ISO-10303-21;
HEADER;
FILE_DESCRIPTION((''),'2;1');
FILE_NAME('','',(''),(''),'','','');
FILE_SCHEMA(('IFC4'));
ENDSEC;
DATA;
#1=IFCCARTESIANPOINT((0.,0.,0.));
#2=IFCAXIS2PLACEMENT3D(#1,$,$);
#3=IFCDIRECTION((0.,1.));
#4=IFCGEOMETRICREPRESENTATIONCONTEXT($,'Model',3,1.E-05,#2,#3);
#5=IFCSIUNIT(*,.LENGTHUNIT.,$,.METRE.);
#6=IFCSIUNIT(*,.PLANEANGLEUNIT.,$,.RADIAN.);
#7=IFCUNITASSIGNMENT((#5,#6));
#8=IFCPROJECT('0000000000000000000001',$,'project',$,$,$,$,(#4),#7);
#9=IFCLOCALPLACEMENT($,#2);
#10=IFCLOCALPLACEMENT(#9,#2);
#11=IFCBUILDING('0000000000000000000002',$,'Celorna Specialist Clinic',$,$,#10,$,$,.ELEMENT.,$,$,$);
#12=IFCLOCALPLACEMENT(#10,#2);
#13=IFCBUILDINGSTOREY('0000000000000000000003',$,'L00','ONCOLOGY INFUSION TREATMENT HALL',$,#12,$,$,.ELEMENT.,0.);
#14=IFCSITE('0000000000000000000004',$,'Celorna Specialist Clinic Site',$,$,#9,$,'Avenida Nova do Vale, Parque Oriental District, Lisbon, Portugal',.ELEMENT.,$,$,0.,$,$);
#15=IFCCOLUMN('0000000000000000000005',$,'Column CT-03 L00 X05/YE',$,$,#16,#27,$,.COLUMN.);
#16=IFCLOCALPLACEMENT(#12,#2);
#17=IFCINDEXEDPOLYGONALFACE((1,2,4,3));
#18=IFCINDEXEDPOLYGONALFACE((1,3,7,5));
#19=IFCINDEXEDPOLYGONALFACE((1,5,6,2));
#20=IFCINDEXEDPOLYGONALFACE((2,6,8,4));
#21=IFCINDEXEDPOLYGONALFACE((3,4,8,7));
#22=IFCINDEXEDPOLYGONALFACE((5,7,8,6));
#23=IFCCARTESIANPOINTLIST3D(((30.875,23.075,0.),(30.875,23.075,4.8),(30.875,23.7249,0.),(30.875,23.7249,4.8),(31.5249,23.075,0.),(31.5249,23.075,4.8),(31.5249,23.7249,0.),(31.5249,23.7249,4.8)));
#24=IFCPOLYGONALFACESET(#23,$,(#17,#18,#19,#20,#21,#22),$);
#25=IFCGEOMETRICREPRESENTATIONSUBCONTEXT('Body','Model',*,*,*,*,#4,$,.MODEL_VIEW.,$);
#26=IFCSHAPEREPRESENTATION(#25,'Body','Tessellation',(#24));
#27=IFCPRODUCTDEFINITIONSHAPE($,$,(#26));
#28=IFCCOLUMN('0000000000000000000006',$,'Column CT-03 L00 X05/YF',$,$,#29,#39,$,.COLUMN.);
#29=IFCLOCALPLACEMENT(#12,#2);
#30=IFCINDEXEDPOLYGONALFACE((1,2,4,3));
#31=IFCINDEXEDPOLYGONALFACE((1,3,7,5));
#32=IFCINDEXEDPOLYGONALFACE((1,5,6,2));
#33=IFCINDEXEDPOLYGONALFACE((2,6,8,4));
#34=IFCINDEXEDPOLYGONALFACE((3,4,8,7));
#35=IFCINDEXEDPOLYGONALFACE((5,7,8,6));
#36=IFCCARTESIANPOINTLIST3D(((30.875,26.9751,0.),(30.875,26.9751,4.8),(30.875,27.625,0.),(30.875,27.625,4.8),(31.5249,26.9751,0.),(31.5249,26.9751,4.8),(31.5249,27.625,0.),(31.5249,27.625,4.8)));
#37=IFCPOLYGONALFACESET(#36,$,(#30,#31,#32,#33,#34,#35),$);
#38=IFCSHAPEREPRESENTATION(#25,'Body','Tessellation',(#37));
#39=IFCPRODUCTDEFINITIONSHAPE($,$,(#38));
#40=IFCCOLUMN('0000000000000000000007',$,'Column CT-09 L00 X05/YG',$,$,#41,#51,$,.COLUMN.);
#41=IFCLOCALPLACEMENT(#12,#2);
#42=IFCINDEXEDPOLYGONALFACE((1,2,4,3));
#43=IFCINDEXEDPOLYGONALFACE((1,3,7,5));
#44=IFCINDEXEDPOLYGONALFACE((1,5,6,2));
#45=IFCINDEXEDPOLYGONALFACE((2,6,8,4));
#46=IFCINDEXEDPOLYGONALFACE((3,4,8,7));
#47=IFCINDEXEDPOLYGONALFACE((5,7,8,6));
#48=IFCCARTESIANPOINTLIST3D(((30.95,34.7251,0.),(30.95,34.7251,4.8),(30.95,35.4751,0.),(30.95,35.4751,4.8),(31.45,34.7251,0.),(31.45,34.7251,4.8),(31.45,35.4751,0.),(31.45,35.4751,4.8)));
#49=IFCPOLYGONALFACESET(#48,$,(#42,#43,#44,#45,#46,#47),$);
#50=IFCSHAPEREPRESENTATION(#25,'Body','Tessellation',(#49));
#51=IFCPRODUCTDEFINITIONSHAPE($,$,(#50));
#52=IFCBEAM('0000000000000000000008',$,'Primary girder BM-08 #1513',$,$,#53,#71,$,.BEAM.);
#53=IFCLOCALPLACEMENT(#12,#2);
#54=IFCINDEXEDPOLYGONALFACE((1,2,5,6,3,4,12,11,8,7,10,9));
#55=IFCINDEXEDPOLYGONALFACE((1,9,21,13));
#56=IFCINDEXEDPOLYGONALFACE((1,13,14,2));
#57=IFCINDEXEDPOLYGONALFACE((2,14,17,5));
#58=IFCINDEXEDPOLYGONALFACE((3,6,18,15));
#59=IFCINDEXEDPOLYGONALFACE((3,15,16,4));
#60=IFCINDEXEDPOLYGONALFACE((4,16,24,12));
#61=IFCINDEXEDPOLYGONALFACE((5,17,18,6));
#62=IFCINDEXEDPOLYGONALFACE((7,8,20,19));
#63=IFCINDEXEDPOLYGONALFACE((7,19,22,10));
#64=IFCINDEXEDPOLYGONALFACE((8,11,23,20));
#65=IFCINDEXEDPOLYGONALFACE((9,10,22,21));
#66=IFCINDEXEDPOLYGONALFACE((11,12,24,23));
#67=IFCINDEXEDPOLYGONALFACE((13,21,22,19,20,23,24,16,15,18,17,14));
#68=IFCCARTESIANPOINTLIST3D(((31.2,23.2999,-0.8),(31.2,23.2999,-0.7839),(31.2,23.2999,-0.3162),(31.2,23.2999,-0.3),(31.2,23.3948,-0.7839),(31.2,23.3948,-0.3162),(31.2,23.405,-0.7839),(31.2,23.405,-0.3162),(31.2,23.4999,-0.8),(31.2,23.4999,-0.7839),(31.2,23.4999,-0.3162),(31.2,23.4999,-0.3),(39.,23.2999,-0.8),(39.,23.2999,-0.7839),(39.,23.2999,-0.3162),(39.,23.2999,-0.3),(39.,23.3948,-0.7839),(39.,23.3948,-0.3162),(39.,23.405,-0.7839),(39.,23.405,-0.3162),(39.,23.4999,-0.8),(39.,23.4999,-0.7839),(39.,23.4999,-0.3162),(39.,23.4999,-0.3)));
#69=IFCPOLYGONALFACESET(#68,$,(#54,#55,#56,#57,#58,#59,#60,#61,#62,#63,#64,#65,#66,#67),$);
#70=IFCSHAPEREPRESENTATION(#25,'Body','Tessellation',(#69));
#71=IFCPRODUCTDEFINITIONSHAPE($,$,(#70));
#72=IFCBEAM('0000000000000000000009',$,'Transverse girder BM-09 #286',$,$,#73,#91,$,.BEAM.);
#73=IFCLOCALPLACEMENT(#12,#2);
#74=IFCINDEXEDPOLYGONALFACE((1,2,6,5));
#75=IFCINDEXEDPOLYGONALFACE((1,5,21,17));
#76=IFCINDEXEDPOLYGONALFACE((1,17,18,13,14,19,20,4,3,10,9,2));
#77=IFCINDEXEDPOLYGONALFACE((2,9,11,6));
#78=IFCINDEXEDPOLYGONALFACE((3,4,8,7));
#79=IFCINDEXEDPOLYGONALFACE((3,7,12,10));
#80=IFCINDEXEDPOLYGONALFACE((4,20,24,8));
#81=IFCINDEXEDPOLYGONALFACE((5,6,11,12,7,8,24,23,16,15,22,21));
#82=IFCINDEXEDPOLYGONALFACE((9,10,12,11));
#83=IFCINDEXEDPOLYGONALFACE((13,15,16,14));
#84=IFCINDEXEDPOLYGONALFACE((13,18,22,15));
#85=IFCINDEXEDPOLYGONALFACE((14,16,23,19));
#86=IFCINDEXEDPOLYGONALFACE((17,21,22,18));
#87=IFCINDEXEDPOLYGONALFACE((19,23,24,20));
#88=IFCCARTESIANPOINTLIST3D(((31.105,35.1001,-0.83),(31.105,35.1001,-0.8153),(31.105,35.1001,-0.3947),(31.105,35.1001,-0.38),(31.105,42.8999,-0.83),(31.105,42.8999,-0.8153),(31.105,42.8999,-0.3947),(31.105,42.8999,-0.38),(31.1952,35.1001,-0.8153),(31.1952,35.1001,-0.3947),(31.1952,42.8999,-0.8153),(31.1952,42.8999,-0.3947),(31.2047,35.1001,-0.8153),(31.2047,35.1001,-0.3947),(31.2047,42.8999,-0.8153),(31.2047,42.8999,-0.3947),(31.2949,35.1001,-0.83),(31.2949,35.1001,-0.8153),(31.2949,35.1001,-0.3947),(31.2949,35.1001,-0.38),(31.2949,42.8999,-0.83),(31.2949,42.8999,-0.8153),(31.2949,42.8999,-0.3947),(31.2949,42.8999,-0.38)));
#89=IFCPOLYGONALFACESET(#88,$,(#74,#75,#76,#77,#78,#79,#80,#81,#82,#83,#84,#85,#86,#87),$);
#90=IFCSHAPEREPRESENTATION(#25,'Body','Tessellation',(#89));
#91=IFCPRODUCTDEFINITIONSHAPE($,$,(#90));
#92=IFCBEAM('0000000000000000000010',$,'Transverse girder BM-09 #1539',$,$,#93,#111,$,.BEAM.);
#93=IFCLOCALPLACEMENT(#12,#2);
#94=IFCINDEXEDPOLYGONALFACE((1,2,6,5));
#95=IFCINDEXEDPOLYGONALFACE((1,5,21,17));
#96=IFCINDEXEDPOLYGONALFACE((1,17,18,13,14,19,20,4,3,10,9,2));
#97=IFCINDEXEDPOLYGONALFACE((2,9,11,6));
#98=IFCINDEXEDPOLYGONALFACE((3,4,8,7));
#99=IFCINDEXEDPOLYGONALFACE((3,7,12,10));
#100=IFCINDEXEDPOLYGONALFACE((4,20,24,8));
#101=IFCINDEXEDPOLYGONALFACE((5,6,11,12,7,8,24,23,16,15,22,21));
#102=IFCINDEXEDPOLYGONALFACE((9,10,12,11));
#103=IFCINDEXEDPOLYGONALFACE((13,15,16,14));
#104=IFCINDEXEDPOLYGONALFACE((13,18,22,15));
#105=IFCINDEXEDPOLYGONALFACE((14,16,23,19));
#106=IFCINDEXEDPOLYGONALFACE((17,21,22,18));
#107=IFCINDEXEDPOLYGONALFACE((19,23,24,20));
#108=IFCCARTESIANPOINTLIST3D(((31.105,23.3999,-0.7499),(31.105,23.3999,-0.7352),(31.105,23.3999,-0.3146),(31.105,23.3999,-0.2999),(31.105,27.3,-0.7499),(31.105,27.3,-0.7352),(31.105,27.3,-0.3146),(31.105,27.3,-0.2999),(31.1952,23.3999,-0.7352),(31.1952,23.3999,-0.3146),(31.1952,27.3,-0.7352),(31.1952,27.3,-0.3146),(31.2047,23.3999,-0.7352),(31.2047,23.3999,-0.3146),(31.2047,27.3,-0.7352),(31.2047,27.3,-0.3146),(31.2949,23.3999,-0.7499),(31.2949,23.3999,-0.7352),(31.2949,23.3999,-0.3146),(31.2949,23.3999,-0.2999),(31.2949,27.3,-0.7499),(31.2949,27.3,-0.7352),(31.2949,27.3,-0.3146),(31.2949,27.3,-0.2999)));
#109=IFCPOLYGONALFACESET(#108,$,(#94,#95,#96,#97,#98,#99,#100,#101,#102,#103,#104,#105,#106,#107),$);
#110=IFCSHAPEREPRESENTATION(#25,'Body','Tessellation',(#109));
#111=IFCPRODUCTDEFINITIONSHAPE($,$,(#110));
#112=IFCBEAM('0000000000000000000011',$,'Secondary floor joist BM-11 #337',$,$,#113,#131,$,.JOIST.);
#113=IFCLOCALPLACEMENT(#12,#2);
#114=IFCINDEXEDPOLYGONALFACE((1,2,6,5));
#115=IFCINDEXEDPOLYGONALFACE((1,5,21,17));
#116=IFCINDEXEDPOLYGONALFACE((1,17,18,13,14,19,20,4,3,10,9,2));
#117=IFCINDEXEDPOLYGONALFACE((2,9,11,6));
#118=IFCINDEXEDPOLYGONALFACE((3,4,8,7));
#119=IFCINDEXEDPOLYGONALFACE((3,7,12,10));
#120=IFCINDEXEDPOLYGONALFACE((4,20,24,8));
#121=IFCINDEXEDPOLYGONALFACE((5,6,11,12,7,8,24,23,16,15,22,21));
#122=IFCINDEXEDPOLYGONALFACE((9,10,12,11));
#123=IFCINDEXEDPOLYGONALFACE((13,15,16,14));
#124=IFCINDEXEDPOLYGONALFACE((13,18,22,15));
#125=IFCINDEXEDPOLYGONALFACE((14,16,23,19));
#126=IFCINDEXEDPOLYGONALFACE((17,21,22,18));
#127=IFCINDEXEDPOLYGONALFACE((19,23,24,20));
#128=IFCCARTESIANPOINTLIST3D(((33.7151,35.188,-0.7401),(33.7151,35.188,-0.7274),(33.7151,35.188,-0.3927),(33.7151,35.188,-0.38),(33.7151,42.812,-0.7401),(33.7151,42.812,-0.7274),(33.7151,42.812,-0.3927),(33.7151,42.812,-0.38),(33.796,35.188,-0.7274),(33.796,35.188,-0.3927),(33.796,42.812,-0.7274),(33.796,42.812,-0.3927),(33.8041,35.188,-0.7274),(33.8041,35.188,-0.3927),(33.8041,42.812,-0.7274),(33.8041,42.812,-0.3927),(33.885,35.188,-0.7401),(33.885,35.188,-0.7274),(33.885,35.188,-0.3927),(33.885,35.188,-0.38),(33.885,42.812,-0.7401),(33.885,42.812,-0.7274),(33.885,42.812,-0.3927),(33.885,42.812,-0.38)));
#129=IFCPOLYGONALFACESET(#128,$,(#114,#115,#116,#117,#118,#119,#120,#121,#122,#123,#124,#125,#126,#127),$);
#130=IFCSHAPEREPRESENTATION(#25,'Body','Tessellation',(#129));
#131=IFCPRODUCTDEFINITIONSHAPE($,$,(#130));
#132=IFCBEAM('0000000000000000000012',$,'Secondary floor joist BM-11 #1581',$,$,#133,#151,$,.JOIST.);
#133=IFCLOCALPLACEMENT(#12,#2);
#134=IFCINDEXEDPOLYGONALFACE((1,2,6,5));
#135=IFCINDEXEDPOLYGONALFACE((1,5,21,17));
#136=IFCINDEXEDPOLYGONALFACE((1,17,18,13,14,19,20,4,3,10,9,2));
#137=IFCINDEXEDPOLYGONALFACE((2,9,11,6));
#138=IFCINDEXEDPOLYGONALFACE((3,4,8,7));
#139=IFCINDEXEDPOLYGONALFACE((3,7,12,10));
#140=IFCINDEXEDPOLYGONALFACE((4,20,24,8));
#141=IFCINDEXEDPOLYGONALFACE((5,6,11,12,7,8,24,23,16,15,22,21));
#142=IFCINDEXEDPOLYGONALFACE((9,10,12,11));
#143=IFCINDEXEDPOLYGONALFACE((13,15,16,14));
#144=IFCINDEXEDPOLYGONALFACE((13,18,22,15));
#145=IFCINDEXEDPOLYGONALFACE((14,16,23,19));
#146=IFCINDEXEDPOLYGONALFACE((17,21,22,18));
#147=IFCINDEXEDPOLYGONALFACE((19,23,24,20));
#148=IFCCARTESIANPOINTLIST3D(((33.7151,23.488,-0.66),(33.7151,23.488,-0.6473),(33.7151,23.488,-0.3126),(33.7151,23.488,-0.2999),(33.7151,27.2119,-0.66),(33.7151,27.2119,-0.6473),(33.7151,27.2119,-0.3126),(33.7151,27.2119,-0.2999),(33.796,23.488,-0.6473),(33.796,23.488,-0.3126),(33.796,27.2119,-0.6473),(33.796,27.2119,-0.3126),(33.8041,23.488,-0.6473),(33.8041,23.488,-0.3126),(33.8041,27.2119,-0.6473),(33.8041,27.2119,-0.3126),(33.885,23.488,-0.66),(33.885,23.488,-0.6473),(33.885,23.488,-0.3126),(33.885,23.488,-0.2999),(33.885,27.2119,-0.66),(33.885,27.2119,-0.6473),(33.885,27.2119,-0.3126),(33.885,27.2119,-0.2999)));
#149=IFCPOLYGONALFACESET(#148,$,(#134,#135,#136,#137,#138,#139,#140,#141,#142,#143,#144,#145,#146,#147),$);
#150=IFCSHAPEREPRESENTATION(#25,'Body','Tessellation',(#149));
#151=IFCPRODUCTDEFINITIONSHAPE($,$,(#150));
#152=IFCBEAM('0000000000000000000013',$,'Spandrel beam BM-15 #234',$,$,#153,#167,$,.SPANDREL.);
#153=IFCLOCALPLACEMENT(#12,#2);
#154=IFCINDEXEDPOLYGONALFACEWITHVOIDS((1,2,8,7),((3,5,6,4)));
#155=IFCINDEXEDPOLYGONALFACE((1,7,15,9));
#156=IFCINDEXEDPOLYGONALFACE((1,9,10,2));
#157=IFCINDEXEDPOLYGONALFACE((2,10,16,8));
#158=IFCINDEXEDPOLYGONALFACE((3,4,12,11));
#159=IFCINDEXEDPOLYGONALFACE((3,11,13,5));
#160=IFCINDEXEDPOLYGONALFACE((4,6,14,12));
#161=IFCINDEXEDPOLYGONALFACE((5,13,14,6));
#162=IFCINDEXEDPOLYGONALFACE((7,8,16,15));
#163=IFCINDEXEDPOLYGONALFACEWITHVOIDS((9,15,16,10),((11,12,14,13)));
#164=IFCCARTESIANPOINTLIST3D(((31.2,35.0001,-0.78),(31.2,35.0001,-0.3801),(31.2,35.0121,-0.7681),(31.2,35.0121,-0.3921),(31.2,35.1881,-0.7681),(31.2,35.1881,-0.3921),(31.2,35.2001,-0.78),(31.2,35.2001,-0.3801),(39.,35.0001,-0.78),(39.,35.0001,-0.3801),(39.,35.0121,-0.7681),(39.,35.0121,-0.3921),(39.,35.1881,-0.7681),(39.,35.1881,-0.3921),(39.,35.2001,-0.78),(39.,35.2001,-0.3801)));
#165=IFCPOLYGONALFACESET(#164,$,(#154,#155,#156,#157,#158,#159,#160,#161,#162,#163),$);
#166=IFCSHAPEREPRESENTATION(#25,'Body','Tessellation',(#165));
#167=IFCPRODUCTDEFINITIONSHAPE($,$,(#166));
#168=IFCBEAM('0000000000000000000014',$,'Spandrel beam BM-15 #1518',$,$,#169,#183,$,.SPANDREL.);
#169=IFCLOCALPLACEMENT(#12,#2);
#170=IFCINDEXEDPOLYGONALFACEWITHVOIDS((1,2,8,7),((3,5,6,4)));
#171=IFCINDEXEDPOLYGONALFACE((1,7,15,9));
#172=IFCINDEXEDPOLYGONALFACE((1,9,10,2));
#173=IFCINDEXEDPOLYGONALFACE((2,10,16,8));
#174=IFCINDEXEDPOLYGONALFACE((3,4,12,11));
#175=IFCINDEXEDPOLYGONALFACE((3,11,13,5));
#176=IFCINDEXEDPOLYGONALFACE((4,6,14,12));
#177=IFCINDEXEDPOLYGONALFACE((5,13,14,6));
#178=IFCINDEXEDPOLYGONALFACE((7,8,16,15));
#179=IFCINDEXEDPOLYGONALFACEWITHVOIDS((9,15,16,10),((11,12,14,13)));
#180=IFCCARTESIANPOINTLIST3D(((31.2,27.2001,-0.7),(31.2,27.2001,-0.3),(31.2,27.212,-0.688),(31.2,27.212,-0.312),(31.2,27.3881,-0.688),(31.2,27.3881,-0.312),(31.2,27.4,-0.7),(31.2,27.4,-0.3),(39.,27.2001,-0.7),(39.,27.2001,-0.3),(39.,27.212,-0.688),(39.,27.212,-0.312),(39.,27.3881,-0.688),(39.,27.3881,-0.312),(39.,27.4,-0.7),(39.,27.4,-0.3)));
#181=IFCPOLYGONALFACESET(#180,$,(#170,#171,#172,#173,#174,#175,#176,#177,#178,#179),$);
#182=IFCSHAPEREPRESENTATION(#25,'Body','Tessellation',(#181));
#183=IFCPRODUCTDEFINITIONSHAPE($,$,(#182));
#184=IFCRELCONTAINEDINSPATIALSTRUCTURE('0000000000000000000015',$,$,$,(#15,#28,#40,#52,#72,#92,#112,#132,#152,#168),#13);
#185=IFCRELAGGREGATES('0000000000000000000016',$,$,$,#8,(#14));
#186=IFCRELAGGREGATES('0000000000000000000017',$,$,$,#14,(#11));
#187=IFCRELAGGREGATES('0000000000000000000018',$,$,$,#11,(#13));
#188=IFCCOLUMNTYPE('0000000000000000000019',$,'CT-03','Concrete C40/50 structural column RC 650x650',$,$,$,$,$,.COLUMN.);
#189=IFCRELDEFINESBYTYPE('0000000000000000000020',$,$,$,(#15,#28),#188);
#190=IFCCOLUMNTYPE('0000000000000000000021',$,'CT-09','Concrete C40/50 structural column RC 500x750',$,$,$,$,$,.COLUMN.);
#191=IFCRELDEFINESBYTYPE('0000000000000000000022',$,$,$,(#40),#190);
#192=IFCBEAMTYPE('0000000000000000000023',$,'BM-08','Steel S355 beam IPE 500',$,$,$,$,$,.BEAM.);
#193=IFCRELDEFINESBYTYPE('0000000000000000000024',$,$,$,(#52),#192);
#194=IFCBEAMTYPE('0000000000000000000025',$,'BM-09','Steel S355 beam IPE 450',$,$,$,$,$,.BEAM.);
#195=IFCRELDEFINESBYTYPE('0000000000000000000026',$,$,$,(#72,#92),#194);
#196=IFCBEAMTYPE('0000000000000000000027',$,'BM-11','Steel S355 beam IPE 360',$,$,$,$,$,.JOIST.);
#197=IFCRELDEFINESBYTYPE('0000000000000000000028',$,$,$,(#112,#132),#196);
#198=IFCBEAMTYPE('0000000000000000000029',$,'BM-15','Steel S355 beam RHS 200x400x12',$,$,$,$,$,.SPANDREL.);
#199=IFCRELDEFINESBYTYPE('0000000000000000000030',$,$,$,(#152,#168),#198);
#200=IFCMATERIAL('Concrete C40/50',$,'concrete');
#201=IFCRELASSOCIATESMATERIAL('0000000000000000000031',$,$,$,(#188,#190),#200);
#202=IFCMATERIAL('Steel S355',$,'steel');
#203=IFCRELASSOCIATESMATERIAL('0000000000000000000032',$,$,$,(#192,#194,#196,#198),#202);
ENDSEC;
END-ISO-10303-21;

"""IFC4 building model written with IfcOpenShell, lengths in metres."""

from ifc_helpers import new_model, si_unit, direction, frame, origin, origin_2d, place, context, subcontext, project, spatial, rectangle, hollow_rectangle, i_section, extrude, material, material_profile, profile_set, type_object, element, save


model = new_model("IFC4")

# Units and contexts
model_context = context("Model", 3, precision=1e-05, world=origin(), true_north=direction((0.0, 1.0)))
body_context = subcontext(model_context, "Body", "Model", "MODEL_VIEW")
ifc_project = project(units=[si_unit("LENGTHUNIT", "METRE"), si_unit("PLANEANGLEUNIT", "RADIAN")], contexts=[model_context])

# Site, building, storey
site_placement = place(None, origin())
site = spatial("IfcSite", under=ifc_project, at=site_placement, Name="Celorna Specialist Clinic Site", LongName="Avenida Nova do Vale, Parque Oriental District, Lisbon, Portugal", CompositionType="ELEMENT", RefElevation=0.0)
building_placement = place(site_placement, origin())
building = spatial("IfcBuilding", under=site, at=building_placement, Name="Celorna Specialist Clinic", CompositionType="ELEMENT")
storey_placement = place(building_placement, origin())
storey = spatial("IfcBuildingStorey", under=building, at=storey_placement, Name="L00", Description="ONCOLOGY INFUSION TREATMENT HALL", CompositionType="ELEMENT", Elevation=0.0)

# Columns
ifc_material_1 = material(Name="Concrete C40/50", Category="concrete")
ifc_material_profile_1 = material_profile(ifc_material_1, rectangle(XDim=0.6499, YDim=0.6499, at=origin_2d()), Name="RC 650x650")
ifc_profile_set_1 = profile_set([ifc_material_profile_1], Name="Concrete C40/50")
column_type_1 = type_object("IfcColumnType", Name="CT-03", Description="Concrete C40/50 structural column RC 650x650", PredefinedType="COLUMN", material=ifc_profile_set_1)
for number, where, z_axis, x_axis, name in (
    (1, (31.2, 23.3999, 0.0), (0.0, 0.0, 1.0), (1.0, 0.0, 0.0), "Column CT-03 L00 X05/YE"),
    (2, (31.2, 27.3, 0.0), (0.0, 0.0, 1.0), (1.0, 0.0, 0.0), "Column CT-03 L00 X05/YF"),
):
    element("IfcColumn", number, at=place(storey_placement, frame(where, z_axis=z_axis, x_axis=x_axis)), inside=storey, type_object=column_type_1, Name=name, PredefinedType="COLUMN", context=body_context, shape_type="SweptSolid", body=[
        extrude(rectangle(XDim=0.6499, YDim=0.6499, at=origin_2d()), origin(), (0.0, 0.0, 1.0), 4.8),
    ])
ifc_material_profile_2 = material_profile(ifc_material_1, rectangle(XDim=0.5, YDim=0.75, at=origin_2d()), Name="RC 500x750")
ifc_profile_set_2 = profile_set([ifc_material_profile_2], Name="Concrete C40/50")
column_type_2 = type_object("IfcColumnType", Name="CT-09", Description="Concrete C40/50 structural column RC 500x750", PredefinedType="COLUMN", material=ifc_profile_set_2)
column_placement = place(storey_placement, frame((31.2, 35.1001, 0.0), z_axis=(0.0, 0.0, 1.0), x_axis=(1.0, 0.0, 0.0)))
element("IfcColumn", 3, at=column_placement, inside=storey, type_object=column_type_2, Name="Column CT-09 L00 X05/YG", PredefinedType="COLUMN", context=body_context, shape_type="SweptSolid", body=[
    extrude(rectangle(XDim=0.5, YDim=0.75, at=origin_2d()), origin(), (0.0, 0.0, 1.0), 4.8),
])

# Beams
ifc_material_2 = material(Name="Steel S355", Category="steel")
ifc_material_profile_3 = material_profile(ifc_material_2, i_section(OverallWidth=0.2, OverallDepth=0.5, WebThickness=0.0103, FlangeThickness=0.0161, at=origin_2d()), Name="IPE 500")
ifc_profile_set_3 = profile_set([ifc_material_profile_3], Name="Steel S355")
beam_type_1 = type_object("IfcBeamType", Name="BM-08", Description="Steel S355 beam IPE 500", PredefinedType="BEAM", material=ifc_profile_set_3)
beam_1_placement = place(storey_placement, frame((31.2, 23.3999, -0.55), z_axis=(1.0, 0.0, 0.0), x_axis=(0.0, 1.0, 0.0)))
element("IfcBeam", 4, at=beam_1_placement, inside=storey, type_object=beam_type_1, Name="Primary girder BM-08 #1513", PredefinedType="BEAM", context=body_context, shape_type="SweptSolid", body=[
    extrude(i_section(OverallWidth=0.2, OverallDepth=0.5, WebThickness=0.0103, FlangeThickness=0.0161, at=origin_2d()), origin(), (0.0, 0.0, 1.0), 7.8),
])
ifc_material_profile_4 = material_profile(ifc_material_2, i_section(OverallWidth=0.1899, OverallDepth=0.45, WebThickness=0.0095, FlangeThickness=0.0146, at=origin_2d()), Name="IPE 450")
ifc_profile_set_4 = profile_set([ifc_material_profile_4], Name="Steel S355")
beam_type_2 = type_object("IfcBeamType", Name="BM-09", Description="Steel S355 beam IPE 450", PredefinedType="BEAM", material=ifc_profile_set_4)
beam_2_placement = place(storey_placement, frame((31.2, 35.1001, -0.605), z_axis=(0.0, 1.0, 0.0), x_axis=(-1.0, 0.0, 0.0)))
element("IfcBeam", 5, at=beam_2_placement, inside=storey, type_object=beam_type_2, Name="Transverse girder BM-09 #286", PredefinedType="BEAM", context=body_context, shape_type="SweptSolid", body=[
    extrude(i_section(OverallWidth=0.1899, OverallDepth=0.45, WebThickness=0.0095, FlangeThickness=0.0146, at=origin_2d()), origin(), (0.0, 0.0, 1.0), 7.7998),
])
beam_3_placement = place(storey_placement, frame((31.2, 23.3999, -0.5249), z_axis=(0.0, 1.0, 0.0), x_axis=(-1.0, 0.0, 0.0)))
element("IfcBeam", 6, at=beam_3_placement, inside=storey, type_object=beam_type_2, Name="Transverse girder BM-09 #1539", PredefinedType="BEAM", context=body_context, shape_type="SweptSolid", body=[
    extrude(i_section(OverallWidth=0.1899, OverallDepth=0.45, WebThickness=0.0095, FlangeThickness=0.0146, at=origin_2d()), origin(), (0.0, 0.0, 1.0), 3.9001),
])
ifc_material_profile_5 = material_profile(ifc_material_2, i_section(OverallWidth=0.1699, OverallDepth=0.3601, WebThickness=0.0081, FlangeThickness=0.0127, at=origin_2d()), Name="IPE 360")
ifc_profile_set_5 = profile_set([ifc_material_profile_5], Name="Steel S355")
beam_type_3 = type_object("IfcBeamType", Name="BM-11", Description="Steel S355 beam IPE 360", PredefinedType="JOIST", material=ifc_profile_set_5)
beam_4_placement = place(storey_placement, frame((33.8, 35.188, -0.5601), z_axis=(0.0, 1.0, 0.0), x_axis=(-1.0, 0.0, 0.0)))
element("IfcBeam", 7, at=beam_4_placement, inside=storey, type_object=beam_type_3, Name="Secondary floor joist BM-11 #337", PredefinedType="JOIST", context=body_context, shape_type="SweptSolid", body=[
    extrude(i_section(OverallWidth=0.1699, OverallDepth=0.3601, WebThickness=0.0081, FlangeThickness=0.0127, at=origin_2d()), origin(), (0.0, 0.0, 1.0), 7.624),
])
beam_5_placement = place(storey_placement, frame((33.8, 23.488, -0.48), z_axis=(0.0, 1.0, 0.0), x_axis=(-1.0, 0.0, 0.0)))
element("IfcBeam", 8, at=beam_5_placement, inside=storey, type_object=beam_type_3, Name="Secondary floor joist BM-11 #1581", PredefinedType="JOIST", context=body_context, shape_type="SweptSolid", body=[
    extrude(i_section(OverallWidth=0.1699, OverallDepth=0.3601, WebThickness=0.0081, FlangeThickness=0.0127, at=origin_2d()), origin(), (0.0, 0.0, 1.0), 3.7239),
])
ifc_material_profile_6 = material_profile(ifc_material_2, hollow_rectangle(XDim=0.2, YDim=0.3999, WallThickness=0.012, at=origin_2d()), Name="RHS 200x400x12")
ifc_profile_set_6 = profile_set([ifc_material_profile_6], Name="Steel S355")
beam_type_4 = type_object("IfcBeamType", Name="BM-15", Description="Steel S355 beam RHS 200x400x12", PredefinedType="SPANDREL", material=ifc_profile_set_6)
for number, where, z_axis, x_axis, name in (
    (9, (31.2, 35.1001, -0.5801), (1.0, 0.0, 0.0), (0.0, 1.0, 0.0), "Spandrel beam BM-15 #234"),
    (10, (31.2, 27.3, -0.5), (1.0, 0.0, 0.0), (0.0, 1.0, 0.0), "Spandrel beam BM-15 #1518"),
):
    element("IfcBeam", number, at=place(storey_placement, frame(where, z_axis=z_axis, x_axis=x_axis)), inside=storey, type_object=beam_type_4, Name=name, PredefinedType="SPANDREL", context=body_context, shape_type="SweptSolid", body=[
        extrude(hollow_rectangle(XDim=0.2, YDim=0.3999, WallThickness=0.012, at=origin_2d()), origin(), (0.0, 0.0, 1.0), 7.8),
    ])

save(model, "model.ifc")
